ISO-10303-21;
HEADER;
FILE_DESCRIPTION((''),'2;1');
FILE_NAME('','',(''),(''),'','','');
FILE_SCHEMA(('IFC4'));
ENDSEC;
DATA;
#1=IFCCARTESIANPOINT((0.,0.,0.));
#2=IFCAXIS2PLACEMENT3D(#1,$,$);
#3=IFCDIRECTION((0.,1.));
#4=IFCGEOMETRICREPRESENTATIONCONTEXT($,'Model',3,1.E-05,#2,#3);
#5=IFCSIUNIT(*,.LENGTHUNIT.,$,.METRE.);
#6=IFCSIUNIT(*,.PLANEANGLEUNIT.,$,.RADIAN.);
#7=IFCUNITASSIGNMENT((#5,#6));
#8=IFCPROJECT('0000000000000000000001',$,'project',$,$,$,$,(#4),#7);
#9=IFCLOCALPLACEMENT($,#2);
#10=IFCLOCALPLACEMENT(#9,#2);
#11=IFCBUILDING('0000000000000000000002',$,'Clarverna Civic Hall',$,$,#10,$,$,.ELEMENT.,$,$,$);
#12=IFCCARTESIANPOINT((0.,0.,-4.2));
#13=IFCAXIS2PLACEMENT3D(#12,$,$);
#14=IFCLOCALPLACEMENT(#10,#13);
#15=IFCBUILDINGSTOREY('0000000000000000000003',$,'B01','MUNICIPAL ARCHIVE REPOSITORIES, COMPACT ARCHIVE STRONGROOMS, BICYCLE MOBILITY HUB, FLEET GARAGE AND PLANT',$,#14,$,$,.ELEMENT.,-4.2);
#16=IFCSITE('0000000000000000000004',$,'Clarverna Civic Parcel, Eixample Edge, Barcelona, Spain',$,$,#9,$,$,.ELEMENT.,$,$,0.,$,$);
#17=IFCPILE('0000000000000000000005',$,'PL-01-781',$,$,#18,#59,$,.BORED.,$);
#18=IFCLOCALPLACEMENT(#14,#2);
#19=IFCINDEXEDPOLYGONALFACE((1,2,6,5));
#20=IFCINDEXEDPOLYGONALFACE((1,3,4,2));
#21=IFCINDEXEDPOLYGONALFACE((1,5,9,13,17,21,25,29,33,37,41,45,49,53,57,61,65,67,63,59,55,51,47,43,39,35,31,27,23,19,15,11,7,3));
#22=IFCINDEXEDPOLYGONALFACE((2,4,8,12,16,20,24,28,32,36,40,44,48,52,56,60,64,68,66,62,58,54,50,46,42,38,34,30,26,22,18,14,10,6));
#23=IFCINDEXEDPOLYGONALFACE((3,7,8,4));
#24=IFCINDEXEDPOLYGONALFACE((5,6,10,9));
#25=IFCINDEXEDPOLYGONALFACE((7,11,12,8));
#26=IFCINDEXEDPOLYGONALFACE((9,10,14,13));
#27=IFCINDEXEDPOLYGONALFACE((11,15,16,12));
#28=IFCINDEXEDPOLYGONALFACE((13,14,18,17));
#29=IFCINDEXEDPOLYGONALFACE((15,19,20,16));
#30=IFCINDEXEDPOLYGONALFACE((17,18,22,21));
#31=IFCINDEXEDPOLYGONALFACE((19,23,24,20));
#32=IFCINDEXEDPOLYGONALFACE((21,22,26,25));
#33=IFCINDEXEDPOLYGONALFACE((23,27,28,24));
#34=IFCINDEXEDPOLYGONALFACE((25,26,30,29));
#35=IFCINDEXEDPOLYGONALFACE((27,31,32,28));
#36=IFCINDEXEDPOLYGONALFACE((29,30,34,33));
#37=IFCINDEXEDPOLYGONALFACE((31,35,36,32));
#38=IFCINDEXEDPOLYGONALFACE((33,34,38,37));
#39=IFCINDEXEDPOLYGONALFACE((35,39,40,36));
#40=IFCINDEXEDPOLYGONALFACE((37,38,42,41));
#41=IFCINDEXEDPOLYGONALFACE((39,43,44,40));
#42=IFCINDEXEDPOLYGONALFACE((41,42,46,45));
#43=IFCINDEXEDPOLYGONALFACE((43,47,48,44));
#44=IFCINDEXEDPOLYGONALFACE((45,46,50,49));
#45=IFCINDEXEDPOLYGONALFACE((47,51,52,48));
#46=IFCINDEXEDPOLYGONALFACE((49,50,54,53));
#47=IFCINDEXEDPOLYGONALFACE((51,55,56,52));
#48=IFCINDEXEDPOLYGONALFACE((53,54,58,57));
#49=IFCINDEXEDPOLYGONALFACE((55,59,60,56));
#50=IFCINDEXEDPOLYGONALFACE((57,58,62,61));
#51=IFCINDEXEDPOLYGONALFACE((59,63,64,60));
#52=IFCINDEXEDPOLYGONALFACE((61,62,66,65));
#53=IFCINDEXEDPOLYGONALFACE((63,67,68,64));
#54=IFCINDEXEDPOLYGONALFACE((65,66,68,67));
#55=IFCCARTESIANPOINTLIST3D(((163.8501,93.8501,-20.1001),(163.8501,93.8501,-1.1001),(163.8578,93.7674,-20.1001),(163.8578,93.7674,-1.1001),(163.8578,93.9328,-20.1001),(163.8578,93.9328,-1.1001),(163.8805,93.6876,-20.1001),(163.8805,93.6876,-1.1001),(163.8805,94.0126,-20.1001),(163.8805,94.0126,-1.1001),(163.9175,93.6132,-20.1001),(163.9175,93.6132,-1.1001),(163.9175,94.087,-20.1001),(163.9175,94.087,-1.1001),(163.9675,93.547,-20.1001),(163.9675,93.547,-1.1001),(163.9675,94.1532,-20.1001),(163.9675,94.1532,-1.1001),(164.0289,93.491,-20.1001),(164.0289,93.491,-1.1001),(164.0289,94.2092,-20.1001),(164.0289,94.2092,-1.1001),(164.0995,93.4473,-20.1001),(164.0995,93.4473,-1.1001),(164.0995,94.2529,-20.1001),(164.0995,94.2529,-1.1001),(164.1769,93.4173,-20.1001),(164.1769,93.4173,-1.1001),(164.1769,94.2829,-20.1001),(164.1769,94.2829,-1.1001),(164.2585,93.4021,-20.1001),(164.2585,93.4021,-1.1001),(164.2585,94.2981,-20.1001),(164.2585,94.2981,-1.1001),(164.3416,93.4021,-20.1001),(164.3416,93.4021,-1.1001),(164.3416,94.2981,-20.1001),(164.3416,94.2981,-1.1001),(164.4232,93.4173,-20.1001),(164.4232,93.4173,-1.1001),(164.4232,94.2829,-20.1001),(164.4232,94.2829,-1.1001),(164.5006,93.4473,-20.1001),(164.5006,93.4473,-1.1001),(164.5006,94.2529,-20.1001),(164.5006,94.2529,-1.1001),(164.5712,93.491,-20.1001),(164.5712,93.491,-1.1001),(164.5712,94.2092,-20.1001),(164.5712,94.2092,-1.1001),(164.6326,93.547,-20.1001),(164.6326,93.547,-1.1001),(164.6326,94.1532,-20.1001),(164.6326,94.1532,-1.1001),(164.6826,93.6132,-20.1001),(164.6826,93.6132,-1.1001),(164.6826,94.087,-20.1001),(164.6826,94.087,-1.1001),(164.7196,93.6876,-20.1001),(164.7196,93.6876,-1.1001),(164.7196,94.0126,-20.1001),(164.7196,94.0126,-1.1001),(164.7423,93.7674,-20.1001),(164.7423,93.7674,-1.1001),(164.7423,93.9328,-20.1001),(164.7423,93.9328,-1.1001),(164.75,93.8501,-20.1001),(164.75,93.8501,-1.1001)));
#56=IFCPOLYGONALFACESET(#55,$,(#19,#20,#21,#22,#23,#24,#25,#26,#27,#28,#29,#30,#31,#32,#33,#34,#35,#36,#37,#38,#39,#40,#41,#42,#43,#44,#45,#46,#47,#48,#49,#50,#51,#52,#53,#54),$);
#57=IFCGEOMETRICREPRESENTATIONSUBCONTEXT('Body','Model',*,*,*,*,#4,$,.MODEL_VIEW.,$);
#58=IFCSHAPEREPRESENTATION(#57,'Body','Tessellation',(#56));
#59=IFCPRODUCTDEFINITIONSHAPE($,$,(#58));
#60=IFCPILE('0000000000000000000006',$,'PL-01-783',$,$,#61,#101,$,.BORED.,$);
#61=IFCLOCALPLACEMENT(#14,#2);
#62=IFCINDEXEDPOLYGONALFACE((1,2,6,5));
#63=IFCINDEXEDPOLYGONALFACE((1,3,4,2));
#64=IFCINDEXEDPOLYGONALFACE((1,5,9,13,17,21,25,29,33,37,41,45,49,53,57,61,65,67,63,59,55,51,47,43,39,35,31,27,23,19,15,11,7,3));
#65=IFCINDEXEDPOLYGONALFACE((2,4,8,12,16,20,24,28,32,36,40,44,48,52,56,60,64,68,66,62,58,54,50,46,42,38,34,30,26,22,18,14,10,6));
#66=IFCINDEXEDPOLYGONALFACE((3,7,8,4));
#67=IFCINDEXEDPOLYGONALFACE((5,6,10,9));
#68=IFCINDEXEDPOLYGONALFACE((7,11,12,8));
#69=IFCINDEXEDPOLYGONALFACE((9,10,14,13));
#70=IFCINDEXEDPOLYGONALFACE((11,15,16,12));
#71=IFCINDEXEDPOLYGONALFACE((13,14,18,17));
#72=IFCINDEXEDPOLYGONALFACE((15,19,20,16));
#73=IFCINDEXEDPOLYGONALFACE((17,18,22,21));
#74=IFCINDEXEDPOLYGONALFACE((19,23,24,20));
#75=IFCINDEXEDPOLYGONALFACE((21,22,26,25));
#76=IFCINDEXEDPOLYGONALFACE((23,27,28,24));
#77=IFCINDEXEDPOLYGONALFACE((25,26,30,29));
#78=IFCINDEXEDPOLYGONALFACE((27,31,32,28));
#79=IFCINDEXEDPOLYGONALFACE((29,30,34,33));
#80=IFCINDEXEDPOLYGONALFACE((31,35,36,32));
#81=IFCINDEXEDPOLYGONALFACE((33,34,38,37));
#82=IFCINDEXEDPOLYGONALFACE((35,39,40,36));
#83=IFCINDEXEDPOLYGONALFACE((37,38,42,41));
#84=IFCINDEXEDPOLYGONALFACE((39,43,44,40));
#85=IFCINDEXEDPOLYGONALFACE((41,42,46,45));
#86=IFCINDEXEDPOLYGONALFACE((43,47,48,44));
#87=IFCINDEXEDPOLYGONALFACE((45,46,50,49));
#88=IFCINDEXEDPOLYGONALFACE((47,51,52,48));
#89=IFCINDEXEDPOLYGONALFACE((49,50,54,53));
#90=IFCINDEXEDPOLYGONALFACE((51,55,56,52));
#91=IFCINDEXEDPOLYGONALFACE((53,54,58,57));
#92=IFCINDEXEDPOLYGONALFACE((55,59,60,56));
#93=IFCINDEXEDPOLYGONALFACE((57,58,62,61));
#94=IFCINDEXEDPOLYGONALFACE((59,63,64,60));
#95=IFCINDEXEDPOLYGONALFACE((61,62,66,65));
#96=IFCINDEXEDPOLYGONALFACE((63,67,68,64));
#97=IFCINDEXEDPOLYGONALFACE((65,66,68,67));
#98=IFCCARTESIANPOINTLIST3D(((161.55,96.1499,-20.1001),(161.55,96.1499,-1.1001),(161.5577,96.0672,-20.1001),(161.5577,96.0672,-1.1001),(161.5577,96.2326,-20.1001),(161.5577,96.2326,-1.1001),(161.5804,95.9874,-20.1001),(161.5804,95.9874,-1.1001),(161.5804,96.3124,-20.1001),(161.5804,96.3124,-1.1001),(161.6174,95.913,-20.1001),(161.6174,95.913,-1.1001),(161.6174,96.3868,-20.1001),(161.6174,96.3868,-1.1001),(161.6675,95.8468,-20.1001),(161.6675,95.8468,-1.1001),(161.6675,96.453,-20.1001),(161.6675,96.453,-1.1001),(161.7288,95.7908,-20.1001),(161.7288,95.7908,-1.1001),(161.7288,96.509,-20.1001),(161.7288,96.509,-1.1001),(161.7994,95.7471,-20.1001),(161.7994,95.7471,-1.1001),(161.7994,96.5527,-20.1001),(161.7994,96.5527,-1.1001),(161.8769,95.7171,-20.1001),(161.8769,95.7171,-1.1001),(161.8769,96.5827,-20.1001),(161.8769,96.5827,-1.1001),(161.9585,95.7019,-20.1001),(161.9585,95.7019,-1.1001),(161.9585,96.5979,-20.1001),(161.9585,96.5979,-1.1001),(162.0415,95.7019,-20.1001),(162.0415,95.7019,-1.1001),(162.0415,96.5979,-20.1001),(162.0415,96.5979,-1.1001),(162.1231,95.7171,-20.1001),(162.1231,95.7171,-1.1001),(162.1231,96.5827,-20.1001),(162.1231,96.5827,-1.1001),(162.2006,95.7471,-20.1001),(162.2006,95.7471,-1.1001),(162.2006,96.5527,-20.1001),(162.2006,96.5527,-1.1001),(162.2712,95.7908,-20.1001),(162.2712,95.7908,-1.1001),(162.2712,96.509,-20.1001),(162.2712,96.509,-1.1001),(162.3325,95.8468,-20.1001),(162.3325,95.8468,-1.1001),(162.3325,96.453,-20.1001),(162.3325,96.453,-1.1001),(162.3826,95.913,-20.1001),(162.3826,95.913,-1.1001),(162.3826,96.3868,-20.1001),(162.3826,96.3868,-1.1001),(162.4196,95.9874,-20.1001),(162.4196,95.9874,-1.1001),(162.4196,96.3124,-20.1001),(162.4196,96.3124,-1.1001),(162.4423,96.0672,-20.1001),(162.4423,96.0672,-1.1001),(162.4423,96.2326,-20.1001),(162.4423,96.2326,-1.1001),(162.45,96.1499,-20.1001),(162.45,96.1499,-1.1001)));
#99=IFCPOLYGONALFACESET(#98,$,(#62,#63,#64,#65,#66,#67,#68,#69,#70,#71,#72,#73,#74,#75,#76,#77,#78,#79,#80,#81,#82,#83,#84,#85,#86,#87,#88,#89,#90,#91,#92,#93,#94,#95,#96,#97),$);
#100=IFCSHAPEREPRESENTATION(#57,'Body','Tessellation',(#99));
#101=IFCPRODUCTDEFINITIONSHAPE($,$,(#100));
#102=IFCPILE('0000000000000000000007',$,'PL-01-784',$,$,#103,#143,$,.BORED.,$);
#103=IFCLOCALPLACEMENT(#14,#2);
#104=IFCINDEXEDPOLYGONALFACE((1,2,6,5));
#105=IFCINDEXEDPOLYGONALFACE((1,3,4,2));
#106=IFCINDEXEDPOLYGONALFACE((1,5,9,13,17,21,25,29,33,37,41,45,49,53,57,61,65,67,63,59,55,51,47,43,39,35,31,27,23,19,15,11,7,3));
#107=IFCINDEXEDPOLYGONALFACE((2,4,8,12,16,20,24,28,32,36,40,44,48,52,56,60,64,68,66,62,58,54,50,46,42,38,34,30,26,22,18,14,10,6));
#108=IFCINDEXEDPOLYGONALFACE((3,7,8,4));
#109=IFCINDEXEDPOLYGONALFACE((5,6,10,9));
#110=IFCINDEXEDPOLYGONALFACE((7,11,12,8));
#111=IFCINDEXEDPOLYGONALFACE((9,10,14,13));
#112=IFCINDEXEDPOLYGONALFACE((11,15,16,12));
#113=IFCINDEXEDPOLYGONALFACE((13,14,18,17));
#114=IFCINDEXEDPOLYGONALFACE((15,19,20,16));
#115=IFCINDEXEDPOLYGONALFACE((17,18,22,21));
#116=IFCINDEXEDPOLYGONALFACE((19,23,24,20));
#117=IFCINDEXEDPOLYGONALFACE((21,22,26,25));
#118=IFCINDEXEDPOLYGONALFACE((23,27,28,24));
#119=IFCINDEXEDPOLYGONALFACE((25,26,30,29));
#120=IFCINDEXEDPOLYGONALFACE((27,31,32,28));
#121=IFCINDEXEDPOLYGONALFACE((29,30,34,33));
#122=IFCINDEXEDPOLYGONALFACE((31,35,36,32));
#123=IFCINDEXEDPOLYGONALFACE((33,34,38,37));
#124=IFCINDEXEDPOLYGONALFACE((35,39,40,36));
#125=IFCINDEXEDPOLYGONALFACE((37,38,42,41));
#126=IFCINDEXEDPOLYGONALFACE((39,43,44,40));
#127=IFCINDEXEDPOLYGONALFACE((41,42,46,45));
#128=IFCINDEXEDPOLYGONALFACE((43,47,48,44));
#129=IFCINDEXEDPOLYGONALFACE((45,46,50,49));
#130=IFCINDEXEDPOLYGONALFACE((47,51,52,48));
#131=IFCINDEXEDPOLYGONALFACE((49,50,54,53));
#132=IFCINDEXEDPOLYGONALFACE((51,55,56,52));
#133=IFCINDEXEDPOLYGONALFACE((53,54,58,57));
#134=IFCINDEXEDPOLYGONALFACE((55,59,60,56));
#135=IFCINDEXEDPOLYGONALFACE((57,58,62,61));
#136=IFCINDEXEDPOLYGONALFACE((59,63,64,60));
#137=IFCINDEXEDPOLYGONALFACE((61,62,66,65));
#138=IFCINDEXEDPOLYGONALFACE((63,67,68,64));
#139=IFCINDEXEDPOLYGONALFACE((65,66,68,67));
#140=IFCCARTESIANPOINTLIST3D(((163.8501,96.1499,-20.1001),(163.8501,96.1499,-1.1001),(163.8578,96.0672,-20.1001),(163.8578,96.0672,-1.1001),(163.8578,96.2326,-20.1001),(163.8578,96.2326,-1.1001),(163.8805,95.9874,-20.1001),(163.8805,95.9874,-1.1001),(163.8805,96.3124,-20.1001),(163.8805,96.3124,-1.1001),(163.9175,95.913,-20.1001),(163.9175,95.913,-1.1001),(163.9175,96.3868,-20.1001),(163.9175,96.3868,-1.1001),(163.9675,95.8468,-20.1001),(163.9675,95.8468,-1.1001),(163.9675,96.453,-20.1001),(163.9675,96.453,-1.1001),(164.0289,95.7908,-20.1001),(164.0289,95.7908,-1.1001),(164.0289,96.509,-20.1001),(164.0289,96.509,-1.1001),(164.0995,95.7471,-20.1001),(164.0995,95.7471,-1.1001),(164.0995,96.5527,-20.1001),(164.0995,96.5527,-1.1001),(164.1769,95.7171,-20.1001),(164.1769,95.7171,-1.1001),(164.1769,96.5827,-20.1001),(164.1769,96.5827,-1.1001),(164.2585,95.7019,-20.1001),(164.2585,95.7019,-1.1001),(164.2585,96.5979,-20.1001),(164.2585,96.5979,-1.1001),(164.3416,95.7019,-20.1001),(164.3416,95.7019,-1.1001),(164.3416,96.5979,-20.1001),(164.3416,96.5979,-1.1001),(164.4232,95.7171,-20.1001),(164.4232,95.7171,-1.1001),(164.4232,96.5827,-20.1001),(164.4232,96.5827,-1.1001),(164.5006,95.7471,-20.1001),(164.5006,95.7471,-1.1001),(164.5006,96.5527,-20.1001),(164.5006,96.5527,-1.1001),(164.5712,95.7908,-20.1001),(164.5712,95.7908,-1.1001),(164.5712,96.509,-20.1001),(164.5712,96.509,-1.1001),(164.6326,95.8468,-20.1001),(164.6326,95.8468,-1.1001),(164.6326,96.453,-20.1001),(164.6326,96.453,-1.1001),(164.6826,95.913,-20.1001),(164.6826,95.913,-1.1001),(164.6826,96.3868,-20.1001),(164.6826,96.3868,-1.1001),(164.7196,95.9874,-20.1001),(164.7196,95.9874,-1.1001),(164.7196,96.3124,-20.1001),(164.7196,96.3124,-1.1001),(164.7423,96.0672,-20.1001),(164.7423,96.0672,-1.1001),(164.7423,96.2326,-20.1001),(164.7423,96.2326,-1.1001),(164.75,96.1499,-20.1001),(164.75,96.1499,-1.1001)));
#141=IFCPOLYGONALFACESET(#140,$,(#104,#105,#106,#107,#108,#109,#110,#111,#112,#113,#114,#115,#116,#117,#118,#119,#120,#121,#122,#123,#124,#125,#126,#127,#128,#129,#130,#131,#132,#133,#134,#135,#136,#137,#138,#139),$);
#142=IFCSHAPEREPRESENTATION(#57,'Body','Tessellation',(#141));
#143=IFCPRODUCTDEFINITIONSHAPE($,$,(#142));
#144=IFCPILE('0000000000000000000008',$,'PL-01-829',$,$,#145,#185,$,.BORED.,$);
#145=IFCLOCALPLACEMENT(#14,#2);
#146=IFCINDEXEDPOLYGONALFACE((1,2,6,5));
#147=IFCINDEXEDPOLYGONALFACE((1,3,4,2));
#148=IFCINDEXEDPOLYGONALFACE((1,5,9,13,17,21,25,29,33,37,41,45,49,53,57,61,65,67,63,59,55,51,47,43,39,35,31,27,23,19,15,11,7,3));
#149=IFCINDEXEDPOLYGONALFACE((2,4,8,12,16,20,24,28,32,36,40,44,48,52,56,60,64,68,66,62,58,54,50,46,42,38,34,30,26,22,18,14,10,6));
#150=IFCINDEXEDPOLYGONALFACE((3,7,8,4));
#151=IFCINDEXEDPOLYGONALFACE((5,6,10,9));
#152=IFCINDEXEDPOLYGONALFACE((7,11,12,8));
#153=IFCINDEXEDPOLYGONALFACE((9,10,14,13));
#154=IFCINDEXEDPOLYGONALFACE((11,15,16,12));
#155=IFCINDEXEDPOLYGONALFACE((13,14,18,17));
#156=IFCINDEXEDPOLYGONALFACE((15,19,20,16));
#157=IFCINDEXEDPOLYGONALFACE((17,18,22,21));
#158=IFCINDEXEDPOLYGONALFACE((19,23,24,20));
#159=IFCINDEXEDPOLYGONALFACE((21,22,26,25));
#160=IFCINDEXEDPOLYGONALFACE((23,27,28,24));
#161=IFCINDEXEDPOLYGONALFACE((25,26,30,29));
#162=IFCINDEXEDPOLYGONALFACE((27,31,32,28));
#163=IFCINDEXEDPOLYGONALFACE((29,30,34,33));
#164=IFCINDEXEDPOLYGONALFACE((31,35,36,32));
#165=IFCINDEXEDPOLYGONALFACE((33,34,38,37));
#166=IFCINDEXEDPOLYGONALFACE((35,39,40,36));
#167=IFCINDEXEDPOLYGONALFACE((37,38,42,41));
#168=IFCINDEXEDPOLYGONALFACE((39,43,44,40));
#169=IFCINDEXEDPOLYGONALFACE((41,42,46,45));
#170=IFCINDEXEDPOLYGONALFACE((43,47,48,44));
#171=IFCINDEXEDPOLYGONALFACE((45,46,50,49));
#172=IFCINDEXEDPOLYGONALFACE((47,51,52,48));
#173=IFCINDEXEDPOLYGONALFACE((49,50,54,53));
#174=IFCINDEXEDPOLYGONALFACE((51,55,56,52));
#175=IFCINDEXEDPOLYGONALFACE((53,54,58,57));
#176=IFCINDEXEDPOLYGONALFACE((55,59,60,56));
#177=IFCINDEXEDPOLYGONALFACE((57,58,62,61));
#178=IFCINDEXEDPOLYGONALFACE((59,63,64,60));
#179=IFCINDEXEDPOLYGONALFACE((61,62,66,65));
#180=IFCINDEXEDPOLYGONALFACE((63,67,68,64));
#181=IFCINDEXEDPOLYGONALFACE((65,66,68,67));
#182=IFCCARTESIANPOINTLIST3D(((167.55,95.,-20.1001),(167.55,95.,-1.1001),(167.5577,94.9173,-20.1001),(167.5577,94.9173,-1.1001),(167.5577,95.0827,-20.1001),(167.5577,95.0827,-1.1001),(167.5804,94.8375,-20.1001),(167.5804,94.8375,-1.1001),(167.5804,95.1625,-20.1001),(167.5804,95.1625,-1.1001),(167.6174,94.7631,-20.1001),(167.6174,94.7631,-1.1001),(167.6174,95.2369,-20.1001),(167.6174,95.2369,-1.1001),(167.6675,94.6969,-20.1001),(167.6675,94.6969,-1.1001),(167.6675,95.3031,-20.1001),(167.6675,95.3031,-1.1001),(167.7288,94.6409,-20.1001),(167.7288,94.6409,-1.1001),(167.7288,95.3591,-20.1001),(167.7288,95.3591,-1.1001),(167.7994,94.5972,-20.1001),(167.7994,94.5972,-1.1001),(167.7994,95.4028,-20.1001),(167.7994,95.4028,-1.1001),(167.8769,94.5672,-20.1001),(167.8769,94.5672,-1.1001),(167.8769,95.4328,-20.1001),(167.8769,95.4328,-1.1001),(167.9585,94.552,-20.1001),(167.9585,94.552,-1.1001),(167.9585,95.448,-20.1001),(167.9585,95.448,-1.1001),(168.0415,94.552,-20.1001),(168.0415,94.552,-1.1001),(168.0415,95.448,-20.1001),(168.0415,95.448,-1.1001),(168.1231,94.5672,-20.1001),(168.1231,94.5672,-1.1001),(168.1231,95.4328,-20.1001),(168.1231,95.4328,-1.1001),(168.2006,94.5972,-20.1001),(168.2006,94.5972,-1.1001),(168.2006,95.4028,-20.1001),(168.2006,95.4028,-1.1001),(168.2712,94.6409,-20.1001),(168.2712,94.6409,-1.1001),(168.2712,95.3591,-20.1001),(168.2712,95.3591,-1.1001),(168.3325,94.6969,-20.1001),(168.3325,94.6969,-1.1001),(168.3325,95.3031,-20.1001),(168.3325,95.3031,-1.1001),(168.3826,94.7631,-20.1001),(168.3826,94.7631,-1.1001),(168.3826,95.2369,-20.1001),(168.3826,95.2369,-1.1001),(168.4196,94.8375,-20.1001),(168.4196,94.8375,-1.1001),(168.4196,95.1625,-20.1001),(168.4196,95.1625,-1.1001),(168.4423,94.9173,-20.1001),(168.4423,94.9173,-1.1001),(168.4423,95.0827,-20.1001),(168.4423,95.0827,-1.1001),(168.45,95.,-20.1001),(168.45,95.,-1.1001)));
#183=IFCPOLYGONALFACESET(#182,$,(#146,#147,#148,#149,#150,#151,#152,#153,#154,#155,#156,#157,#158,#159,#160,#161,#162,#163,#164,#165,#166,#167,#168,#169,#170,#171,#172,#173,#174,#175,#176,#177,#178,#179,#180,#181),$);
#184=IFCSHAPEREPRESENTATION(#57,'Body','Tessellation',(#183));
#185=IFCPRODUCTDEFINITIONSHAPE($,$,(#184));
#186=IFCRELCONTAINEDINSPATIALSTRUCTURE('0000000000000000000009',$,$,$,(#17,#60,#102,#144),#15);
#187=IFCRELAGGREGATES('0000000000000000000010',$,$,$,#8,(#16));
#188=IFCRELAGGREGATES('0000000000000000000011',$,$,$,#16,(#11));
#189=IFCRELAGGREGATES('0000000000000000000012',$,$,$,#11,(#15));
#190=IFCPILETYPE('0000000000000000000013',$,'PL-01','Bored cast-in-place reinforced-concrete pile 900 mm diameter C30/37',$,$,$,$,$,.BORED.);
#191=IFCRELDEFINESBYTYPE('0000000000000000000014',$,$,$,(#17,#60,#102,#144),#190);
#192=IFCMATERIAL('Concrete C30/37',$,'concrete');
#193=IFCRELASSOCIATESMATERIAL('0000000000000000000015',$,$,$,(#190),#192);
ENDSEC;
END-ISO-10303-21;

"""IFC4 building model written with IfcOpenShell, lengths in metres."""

from ifc_helpers import new_model, si_unit, direction, frame, origin, origin_2d, place, context, subcontext, project, spatial, circle, extrude, material, material_profile, profile_set, type_object, element, save


model = new_model("IFC4")

# Units and contexts
model_context = context("Model", 3, precision=1e-05, world=origin(), true_north=direction((0.0, 1.0)))
body_context = subcontext(model_context, "Body", "Model", "MODEL_VIEW")
ifc_project = project(units=[si_unit("LENGTHUNIT", "METRE"), si_unit("PLANEANGLEUNIT", "RADIAN")], contexts=[model_context])

# Site, building, storey
site_placement = place(None, origin())
site = spatial("IfcSite", under=ifc_project, at=site_placement, Name="Clarverna Civic Parcel, Eixample Edge, Barcelona, Spain", CompositionType="ELEMENT", RefElevation=0.0)
building_placement = place(site_placement, origin())
building = spatial("IfcBuilding", under=site, at=building_placement, Name="Clarverna Civic Hall", CompositionType="ELEMENT")
storey_placement = place(building_placement, frame((0.0, 0.0, -4.2)))
storey = spatial("IfcBuildingStorey", under=building, at=storey_placement, Name="B01", Description="MUNICIPAL ARCHIVE REPOSITORIES, COMPACT ARCHIVE STRONGROOMS, BICYCLE MOBILITY HUB, FLEET GARAGE AND PLANT", CompositionType="ELEMENT", Elevation=-4.2)

# Shared definitions
ifc_material_1 = material(Name="Concrete C30/37", Category="concrete")

# Piles
ifc_material_profile_1 = material_profile(ifc_material_1, circle(Radius=0.45, at=origin_2d()), Name="BORED PILE D900")
ifc_profile_set_1 = profile_set([ifc_material_profile_1], Name="Concrete C30/37")
pile_type = type_object("IfcPileType", Name="PL-01", Description="Bored cast-in-place reinforced-concrete pile 900 mm diameter C30/37", PredefinedType="BORED", material=ifc_profile_set_1)
for number, where, z_axis, x_axis, name in (
    (1, (164.3, 93.8501, -1.1001), (0.0, 0.0, -1.0), (1.0, 0.0, 0.0), "PL-01-781"),
    (2, (162.0, 96.1499, -1.1001), (0.0, 0.0, -1.0), (1.0, 0.0, 0.0), "PL-01-783"),
    (3, (164.3, 96.1499, -1.1001), (0.0, 0.0, -1.0), (1.0, 0.0, 0.0), "PL-01-784"),
    (4, (168.0, 95.0, -1.1001), (0.0, 0.0, -1.0), (1.0, 0.0, 0.0), "PL-01-829"),
):
    element("IfcPile", number, at=place(storey_placement, frame(where, z_axis=z_axis, x_axis=x_axis)), inside=storey, type_object=pile_type, Name=name, PredefinedType="BORED", context=body_context, shape_type="SweptSolid", body=[
        extrude(circle(Radius=0.45, at=origin_2d()), origin(), (0.0, 0.0, 1.0), 19.0),
    ])

save(model, "model.ifc")
